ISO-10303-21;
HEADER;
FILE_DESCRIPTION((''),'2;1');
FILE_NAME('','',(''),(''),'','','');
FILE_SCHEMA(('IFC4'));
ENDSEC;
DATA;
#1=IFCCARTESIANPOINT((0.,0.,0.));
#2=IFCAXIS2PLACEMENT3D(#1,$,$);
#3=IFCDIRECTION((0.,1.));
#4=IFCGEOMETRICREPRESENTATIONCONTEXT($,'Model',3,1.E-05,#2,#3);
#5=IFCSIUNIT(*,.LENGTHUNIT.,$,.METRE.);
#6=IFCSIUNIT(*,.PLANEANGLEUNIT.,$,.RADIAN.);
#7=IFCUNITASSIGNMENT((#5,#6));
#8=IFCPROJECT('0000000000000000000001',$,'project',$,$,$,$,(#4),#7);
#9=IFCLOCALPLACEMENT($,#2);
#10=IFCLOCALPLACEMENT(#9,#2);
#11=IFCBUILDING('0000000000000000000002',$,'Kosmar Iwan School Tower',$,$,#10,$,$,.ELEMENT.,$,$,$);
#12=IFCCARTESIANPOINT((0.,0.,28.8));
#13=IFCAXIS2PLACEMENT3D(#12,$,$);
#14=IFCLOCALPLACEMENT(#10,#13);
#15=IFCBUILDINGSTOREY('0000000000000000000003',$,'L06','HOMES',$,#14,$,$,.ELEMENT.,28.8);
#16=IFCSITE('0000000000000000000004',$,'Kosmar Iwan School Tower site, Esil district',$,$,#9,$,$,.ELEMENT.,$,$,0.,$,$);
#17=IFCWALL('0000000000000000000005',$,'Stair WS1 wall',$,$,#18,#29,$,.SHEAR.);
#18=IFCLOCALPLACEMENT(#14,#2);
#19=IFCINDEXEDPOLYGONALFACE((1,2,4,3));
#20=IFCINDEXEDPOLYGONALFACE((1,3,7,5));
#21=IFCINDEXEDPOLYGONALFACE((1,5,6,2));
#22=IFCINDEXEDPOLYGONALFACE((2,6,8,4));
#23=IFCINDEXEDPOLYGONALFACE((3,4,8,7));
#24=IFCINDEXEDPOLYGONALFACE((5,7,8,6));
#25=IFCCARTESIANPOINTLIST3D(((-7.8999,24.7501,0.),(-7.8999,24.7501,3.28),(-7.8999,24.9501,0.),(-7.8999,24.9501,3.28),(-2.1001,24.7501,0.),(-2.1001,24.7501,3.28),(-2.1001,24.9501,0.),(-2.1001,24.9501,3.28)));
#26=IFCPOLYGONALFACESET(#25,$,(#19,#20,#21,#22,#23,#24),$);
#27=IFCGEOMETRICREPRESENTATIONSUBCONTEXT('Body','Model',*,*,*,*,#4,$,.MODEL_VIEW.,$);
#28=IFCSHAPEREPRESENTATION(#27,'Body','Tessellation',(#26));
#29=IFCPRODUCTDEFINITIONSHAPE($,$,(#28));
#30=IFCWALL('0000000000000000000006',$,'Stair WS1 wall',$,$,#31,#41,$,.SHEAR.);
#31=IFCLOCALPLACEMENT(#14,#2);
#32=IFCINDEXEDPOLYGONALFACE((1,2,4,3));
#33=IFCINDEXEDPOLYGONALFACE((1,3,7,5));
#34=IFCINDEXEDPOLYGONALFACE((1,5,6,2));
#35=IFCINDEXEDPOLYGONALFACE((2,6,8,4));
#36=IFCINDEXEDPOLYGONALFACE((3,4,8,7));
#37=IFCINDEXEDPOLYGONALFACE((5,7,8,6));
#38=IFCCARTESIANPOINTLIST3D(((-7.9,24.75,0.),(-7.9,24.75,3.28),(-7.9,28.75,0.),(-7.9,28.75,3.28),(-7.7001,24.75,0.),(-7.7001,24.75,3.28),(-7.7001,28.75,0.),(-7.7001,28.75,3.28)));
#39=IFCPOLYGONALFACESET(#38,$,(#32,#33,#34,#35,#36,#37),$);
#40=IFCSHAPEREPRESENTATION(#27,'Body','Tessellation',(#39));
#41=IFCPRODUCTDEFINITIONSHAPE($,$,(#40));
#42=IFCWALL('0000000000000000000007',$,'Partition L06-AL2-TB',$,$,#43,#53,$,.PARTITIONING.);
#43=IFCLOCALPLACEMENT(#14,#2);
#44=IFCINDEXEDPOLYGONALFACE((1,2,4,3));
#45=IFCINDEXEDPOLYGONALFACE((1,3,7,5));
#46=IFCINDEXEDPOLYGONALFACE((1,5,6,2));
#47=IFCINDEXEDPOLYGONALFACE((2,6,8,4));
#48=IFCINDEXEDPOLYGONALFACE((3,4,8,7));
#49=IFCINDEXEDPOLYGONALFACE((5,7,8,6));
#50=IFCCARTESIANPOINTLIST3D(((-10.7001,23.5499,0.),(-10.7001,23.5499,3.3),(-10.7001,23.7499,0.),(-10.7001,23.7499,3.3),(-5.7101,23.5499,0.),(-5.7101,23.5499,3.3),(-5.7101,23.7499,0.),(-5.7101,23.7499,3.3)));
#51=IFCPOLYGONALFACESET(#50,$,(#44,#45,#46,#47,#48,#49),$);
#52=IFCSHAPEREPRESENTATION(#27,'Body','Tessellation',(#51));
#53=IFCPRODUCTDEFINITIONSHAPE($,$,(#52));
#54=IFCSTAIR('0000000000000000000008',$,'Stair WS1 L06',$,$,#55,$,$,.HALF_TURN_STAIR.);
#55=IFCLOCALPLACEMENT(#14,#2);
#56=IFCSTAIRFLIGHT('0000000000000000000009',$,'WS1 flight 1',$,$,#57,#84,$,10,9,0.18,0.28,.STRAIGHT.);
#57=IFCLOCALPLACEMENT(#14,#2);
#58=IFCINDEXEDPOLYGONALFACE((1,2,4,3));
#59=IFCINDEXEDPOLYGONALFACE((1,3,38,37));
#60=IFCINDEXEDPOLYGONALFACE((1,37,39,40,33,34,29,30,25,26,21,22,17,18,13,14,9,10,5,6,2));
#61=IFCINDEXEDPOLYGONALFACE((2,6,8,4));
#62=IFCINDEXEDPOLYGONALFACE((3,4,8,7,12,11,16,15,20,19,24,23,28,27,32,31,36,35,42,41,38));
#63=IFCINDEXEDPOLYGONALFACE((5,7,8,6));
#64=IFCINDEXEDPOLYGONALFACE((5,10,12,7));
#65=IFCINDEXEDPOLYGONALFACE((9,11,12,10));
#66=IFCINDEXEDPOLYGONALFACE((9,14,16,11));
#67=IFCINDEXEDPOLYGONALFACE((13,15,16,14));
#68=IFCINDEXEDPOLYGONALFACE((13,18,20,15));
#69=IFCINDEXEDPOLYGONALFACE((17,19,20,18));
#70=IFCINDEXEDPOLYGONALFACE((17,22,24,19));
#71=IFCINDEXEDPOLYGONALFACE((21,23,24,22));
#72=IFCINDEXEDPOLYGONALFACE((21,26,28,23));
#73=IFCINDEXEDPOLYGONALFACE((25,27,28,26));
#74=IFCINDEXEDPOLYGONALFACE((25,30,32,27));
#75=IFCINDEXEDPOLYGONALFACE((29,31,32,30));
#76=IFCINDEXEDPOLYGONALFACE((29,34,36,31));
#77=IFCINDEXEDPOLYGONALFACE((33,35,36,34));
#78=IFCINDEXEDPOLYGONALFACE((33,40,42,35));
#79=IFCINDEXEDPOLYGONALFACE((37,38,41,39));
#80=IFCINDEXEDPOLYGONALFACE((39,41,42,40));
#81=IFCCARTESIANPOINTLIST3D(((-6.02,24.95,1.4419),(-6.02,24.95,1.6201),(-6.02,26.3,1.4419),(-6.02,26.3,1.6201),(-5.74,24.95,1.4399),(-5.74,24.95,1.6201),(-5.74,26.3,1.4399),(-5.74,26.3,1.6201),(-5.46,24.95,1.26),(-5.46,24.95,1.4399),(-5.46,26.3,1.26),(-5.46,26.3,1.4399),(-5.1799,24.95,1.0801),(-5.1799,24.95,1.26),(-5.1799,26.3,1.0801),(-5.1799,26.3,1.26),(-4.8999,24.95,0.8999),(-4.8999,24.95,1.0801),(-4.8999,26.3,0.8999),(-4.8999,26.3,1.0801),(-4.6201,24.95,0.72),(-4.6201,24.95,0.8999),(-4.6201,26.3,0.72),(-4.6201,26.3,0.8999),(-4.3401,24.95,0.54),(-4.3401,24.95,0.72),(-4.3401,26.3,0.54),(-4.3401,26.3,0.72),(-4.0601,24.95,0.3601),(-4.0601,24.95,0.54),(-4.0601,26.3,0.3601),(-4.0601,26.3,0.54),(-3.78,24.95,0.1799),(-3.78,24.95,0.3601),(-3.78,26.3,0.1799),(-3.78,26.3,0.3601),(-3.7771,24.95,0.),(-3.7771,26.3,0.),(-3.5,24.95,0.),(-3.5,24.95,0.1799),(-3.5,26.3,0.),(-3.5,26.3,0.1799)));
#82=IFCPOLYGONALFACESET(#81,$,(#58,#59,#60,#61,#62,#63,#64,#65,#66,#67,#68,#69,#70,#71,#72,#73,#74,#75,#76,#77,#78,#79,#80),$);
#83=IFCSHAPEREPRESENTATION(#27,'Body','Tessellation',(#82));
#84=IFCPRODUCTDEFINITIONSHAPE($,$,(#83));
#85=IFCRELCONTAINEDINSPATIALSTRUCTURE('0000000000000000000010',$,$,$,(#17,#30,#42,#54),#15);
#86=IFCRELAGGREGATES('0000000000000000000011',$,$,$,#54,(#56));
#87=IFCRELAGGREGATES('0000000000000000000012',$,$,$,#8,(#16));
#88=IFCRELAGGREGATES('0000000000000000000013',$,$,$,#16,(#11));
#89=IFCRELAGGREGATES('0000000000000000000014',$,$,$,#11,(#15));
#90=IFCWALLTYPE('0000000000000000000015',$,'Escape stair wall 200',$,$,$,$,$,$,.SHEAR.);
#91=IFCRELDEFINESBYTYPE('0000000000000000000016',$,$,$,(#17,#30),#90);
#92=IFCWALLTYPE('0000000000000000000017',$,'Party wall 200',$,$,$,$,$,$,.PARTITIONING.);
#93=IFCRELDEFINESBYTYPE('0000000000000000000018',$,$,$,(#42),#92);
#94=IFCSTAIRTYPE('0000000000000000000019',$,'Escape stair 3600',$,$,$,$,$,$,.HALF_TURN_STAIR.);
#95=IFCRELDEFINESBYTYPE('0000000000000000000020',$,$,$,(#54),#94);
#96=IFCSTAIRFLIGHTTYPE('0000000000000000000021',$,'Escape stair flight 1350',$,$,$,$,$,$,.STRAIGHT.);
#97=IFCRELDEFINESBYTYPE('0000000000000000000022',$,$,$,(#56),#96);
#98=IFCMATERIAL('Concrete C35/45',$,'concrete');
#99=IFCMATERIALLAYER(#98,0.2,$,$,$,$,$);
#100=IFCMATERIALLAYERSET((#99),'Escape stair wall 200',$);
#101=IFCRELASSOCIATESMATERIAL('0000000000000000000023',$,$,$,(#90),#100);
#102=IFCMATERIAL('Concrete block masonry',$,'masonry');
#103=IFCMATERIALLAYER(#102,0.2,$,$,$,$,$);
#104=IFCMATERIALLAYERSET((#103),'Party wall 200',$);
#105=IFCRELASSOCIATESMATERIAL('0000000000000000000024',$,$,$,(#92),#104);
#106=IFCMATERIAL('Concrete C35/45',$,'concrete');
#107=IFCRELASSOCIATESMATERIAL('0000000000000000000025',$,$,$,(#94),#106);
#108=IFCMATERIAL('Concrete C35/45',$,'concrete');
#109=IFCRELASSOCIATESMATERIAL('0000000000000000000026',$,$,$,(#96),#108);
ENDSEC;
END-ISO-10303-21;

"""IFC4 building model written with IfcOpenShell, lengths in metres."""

from ifc_helpers import new_model, si_unit, direction, frame, frame_2d, origin, place, context, subcontext, project, spatial, polyline, rectangle, outline, extrude, material, layer, layer_set, type_object, element, aggregate, save


model = new_model("IFC4")

# Units and contexts
model_context = context("Model", 3, precision=1e-05, world=origin(), true_north=direction((0.0, 1.0)))
body_context = subcontext(model_context, "Body", "Model", "MODEL_VIEW")
ifc_project = project(units=[si_unit("LENGTHUNIT", "METRE"), si_unit("PLANEANGLEUNIT", "RADIAN")], contexts=[model_context])

# Site, building, storey
site_placement = place(None, origin())
site = spatial("IfcSite", under=ifc_project, at=site_placement, Name="Kosmar Iwan School Tower site, Esil district", CompositionType="ELEMENT", RefElevation=0.0)
building_placement = place(site_placement, origin())
building = spatial("IfcBuilding", under=site, at=building_placement, Name="Kosmar Iwan School Tower", CompositionType="ELEMENT")
storey_placement = place(building_placement, frame((0.0, 0.0, 28.8)))
storey = spatial("IfcBuildingStorey", under=building, at=storey_placement, Name="L06", Description="HOMES", CompositionType="ELEMENT", Elevation=28.8)

# Walls
ifc_material_1 = material(Name="Concrete C35/45", Category="concrete")
ifc_layer_1 = layer(ifc_material_1, 0.2)
ifc_layer_set_1 = layer_set([ifc_layer_1], Name="Escape stair wall 200")
wall_type_1 = type_object("IfcWallType", Name="Escape stair wall 200", PredefinedType="SHEAR", material=ifc_layer_set_1)
wall_1_placement = place(storey_placement, frame((-2.1001, 24.8501, 0.0), z_axis=(0.0, 0.0, 1.0), x_axis=(-1.0, 0.0, 0.0)))
element("IfcWall", 1, at=wall_1_placement, inside=storey, type_object=wall_type_1, Name="Stair WS1 wall", PredefinedType="SHEAR", context=body_context, shape_type="SweptSolid", body=[
    extrude(rectangle(XDim=5.7998, YDim=0.2, at=frame_2d((2.8999, 0.0))), origin(), (0.0, 0.0, 1.0), 3.28),
])
wall_2_placement = place(storey_placement, frame((-7.8, 24.75, 0.0), z_axis=(0.0, 0.0, 1.0), x_axis=(0.0, 1.0, 0.0)))
element("IfcWall", 2, at=wall_2_placement, inside=storey, type_object=wall_type_1, Name="Stair WS1 wall", PredefinedType="SHEAR", context=body_context, shape_type="SweptSolid", body=[
    extrude(rectangle(XDim=4.0, YDim=0.2, at=frame_2d((2.0, 0.0))), origin(), (0.0, 0.0, 1.0), 3.28),
])
ifc_material_2 = material(Name="Concrete block masonry", Category="masonry")
ifc_layer_2 = layer(ifc_material_2, 0.2)
ifc_layer_set_2 = layer_set([ifc_layer_2], Name="Party wall 200")
wall_type_2 = type_object("IfcWallType", Name="Party wall 200", PredefinedType="PARTITIONING", material=ifc_layer_set_2)
wall_3_placement = place(storey_placement, frame((-5.71, 23.6499, 0.0), z_axis=(0.0, 0.0, 1.0), x_axis=(-1.0, 0.0, 0.0)))
element("IfcWall", 3, at=wall_3_placement, inside=storey, type_object=wall_type_2, Name="Partition L06-AL2-TB", PredefinedType="PARTITIONING", context=body_context, shape_type="SweptSolid", body=[
    extrude(rectangle(XDim=4.99, YDim=0.2, at=frame_2d((2.4951, 0.0))), origin(), (0.0, 0.0, 1.0), 3.3),
])

# Stair, stair flight
ifc_material_3 = material(Name="Concrete C35/45", Category="concrete")
stair_type = type_object("IfcStairType", Name="Escape stair 3600", PredefinedType="HALF_TURN_STAIR", material=ifc_material_3)
stair_placement = place(storey_placement, origin())
stair = element("IfcStair", 4, at=stair_placement, inside=storey, type_object=stair_type, Name="Stair WS1 L06", PredefinedType="HALF_TURN_STAIR")
ifc_material_4 = material(Name="Concrete C35/45", Category="concrete")
stair_flight_type = type_object("IfcStairFlightType", Name="Escape stair flight 1350", PredefinedType="STRAIGHT", material=ifc_material_4)
stair_flight_placement = place(storey_placement, frame((-3.5, 25.625, 0.0), z_axis=(0.0, 0.0, 1.0), x_axis=(-1.0, 0.0, 0.0)))
stair_flight = element("IfcStairFlight", 5, at=stair_flight_placement, type_object=stair_flight_type, Name="WS1 flight 1", NumberOfRisers=10, NumberOfTreads=9, PredefinedType="STRAIGHT", RiserHeight=0.18, TreadLength=0.28, context=body_context, shape_type="SweptSolid", body=[
    extrude(outline(polyline([(0.0, 0.0), (0.0, 0.1799), (0.28, 0.1799), (0.28, 0.3601), (0.5601, 0.3601), (0.5601, 0.54), (0.8401, 0.54), (0.8401, 0.72), (1.1201, 0.72), (1.1201, 0.8999), (1.3999, 0.8999), (1.3999, 1.0801), (1.6799, 1.0801), (1.6799, 1.26), (1.96, 1.26), (1.96, 1.4399), (2.24, 1.4399), (2.24, 1.6201), (2.52, 1.6201), (2.52, 1.8), (2.52, 1.4419), (0.2771, 0.0), (0.0, 0.0)])), frame((0.0, 0.675, 0.0), z_axis=(0.0, -1.0, 0.0), x_axis=(1.0, 0.0, 0.0)), (0.0, 0.0, 1.0), 1.3501),
])
aggregate(stair, [stair_flight])

save(model, "model.ifc")
